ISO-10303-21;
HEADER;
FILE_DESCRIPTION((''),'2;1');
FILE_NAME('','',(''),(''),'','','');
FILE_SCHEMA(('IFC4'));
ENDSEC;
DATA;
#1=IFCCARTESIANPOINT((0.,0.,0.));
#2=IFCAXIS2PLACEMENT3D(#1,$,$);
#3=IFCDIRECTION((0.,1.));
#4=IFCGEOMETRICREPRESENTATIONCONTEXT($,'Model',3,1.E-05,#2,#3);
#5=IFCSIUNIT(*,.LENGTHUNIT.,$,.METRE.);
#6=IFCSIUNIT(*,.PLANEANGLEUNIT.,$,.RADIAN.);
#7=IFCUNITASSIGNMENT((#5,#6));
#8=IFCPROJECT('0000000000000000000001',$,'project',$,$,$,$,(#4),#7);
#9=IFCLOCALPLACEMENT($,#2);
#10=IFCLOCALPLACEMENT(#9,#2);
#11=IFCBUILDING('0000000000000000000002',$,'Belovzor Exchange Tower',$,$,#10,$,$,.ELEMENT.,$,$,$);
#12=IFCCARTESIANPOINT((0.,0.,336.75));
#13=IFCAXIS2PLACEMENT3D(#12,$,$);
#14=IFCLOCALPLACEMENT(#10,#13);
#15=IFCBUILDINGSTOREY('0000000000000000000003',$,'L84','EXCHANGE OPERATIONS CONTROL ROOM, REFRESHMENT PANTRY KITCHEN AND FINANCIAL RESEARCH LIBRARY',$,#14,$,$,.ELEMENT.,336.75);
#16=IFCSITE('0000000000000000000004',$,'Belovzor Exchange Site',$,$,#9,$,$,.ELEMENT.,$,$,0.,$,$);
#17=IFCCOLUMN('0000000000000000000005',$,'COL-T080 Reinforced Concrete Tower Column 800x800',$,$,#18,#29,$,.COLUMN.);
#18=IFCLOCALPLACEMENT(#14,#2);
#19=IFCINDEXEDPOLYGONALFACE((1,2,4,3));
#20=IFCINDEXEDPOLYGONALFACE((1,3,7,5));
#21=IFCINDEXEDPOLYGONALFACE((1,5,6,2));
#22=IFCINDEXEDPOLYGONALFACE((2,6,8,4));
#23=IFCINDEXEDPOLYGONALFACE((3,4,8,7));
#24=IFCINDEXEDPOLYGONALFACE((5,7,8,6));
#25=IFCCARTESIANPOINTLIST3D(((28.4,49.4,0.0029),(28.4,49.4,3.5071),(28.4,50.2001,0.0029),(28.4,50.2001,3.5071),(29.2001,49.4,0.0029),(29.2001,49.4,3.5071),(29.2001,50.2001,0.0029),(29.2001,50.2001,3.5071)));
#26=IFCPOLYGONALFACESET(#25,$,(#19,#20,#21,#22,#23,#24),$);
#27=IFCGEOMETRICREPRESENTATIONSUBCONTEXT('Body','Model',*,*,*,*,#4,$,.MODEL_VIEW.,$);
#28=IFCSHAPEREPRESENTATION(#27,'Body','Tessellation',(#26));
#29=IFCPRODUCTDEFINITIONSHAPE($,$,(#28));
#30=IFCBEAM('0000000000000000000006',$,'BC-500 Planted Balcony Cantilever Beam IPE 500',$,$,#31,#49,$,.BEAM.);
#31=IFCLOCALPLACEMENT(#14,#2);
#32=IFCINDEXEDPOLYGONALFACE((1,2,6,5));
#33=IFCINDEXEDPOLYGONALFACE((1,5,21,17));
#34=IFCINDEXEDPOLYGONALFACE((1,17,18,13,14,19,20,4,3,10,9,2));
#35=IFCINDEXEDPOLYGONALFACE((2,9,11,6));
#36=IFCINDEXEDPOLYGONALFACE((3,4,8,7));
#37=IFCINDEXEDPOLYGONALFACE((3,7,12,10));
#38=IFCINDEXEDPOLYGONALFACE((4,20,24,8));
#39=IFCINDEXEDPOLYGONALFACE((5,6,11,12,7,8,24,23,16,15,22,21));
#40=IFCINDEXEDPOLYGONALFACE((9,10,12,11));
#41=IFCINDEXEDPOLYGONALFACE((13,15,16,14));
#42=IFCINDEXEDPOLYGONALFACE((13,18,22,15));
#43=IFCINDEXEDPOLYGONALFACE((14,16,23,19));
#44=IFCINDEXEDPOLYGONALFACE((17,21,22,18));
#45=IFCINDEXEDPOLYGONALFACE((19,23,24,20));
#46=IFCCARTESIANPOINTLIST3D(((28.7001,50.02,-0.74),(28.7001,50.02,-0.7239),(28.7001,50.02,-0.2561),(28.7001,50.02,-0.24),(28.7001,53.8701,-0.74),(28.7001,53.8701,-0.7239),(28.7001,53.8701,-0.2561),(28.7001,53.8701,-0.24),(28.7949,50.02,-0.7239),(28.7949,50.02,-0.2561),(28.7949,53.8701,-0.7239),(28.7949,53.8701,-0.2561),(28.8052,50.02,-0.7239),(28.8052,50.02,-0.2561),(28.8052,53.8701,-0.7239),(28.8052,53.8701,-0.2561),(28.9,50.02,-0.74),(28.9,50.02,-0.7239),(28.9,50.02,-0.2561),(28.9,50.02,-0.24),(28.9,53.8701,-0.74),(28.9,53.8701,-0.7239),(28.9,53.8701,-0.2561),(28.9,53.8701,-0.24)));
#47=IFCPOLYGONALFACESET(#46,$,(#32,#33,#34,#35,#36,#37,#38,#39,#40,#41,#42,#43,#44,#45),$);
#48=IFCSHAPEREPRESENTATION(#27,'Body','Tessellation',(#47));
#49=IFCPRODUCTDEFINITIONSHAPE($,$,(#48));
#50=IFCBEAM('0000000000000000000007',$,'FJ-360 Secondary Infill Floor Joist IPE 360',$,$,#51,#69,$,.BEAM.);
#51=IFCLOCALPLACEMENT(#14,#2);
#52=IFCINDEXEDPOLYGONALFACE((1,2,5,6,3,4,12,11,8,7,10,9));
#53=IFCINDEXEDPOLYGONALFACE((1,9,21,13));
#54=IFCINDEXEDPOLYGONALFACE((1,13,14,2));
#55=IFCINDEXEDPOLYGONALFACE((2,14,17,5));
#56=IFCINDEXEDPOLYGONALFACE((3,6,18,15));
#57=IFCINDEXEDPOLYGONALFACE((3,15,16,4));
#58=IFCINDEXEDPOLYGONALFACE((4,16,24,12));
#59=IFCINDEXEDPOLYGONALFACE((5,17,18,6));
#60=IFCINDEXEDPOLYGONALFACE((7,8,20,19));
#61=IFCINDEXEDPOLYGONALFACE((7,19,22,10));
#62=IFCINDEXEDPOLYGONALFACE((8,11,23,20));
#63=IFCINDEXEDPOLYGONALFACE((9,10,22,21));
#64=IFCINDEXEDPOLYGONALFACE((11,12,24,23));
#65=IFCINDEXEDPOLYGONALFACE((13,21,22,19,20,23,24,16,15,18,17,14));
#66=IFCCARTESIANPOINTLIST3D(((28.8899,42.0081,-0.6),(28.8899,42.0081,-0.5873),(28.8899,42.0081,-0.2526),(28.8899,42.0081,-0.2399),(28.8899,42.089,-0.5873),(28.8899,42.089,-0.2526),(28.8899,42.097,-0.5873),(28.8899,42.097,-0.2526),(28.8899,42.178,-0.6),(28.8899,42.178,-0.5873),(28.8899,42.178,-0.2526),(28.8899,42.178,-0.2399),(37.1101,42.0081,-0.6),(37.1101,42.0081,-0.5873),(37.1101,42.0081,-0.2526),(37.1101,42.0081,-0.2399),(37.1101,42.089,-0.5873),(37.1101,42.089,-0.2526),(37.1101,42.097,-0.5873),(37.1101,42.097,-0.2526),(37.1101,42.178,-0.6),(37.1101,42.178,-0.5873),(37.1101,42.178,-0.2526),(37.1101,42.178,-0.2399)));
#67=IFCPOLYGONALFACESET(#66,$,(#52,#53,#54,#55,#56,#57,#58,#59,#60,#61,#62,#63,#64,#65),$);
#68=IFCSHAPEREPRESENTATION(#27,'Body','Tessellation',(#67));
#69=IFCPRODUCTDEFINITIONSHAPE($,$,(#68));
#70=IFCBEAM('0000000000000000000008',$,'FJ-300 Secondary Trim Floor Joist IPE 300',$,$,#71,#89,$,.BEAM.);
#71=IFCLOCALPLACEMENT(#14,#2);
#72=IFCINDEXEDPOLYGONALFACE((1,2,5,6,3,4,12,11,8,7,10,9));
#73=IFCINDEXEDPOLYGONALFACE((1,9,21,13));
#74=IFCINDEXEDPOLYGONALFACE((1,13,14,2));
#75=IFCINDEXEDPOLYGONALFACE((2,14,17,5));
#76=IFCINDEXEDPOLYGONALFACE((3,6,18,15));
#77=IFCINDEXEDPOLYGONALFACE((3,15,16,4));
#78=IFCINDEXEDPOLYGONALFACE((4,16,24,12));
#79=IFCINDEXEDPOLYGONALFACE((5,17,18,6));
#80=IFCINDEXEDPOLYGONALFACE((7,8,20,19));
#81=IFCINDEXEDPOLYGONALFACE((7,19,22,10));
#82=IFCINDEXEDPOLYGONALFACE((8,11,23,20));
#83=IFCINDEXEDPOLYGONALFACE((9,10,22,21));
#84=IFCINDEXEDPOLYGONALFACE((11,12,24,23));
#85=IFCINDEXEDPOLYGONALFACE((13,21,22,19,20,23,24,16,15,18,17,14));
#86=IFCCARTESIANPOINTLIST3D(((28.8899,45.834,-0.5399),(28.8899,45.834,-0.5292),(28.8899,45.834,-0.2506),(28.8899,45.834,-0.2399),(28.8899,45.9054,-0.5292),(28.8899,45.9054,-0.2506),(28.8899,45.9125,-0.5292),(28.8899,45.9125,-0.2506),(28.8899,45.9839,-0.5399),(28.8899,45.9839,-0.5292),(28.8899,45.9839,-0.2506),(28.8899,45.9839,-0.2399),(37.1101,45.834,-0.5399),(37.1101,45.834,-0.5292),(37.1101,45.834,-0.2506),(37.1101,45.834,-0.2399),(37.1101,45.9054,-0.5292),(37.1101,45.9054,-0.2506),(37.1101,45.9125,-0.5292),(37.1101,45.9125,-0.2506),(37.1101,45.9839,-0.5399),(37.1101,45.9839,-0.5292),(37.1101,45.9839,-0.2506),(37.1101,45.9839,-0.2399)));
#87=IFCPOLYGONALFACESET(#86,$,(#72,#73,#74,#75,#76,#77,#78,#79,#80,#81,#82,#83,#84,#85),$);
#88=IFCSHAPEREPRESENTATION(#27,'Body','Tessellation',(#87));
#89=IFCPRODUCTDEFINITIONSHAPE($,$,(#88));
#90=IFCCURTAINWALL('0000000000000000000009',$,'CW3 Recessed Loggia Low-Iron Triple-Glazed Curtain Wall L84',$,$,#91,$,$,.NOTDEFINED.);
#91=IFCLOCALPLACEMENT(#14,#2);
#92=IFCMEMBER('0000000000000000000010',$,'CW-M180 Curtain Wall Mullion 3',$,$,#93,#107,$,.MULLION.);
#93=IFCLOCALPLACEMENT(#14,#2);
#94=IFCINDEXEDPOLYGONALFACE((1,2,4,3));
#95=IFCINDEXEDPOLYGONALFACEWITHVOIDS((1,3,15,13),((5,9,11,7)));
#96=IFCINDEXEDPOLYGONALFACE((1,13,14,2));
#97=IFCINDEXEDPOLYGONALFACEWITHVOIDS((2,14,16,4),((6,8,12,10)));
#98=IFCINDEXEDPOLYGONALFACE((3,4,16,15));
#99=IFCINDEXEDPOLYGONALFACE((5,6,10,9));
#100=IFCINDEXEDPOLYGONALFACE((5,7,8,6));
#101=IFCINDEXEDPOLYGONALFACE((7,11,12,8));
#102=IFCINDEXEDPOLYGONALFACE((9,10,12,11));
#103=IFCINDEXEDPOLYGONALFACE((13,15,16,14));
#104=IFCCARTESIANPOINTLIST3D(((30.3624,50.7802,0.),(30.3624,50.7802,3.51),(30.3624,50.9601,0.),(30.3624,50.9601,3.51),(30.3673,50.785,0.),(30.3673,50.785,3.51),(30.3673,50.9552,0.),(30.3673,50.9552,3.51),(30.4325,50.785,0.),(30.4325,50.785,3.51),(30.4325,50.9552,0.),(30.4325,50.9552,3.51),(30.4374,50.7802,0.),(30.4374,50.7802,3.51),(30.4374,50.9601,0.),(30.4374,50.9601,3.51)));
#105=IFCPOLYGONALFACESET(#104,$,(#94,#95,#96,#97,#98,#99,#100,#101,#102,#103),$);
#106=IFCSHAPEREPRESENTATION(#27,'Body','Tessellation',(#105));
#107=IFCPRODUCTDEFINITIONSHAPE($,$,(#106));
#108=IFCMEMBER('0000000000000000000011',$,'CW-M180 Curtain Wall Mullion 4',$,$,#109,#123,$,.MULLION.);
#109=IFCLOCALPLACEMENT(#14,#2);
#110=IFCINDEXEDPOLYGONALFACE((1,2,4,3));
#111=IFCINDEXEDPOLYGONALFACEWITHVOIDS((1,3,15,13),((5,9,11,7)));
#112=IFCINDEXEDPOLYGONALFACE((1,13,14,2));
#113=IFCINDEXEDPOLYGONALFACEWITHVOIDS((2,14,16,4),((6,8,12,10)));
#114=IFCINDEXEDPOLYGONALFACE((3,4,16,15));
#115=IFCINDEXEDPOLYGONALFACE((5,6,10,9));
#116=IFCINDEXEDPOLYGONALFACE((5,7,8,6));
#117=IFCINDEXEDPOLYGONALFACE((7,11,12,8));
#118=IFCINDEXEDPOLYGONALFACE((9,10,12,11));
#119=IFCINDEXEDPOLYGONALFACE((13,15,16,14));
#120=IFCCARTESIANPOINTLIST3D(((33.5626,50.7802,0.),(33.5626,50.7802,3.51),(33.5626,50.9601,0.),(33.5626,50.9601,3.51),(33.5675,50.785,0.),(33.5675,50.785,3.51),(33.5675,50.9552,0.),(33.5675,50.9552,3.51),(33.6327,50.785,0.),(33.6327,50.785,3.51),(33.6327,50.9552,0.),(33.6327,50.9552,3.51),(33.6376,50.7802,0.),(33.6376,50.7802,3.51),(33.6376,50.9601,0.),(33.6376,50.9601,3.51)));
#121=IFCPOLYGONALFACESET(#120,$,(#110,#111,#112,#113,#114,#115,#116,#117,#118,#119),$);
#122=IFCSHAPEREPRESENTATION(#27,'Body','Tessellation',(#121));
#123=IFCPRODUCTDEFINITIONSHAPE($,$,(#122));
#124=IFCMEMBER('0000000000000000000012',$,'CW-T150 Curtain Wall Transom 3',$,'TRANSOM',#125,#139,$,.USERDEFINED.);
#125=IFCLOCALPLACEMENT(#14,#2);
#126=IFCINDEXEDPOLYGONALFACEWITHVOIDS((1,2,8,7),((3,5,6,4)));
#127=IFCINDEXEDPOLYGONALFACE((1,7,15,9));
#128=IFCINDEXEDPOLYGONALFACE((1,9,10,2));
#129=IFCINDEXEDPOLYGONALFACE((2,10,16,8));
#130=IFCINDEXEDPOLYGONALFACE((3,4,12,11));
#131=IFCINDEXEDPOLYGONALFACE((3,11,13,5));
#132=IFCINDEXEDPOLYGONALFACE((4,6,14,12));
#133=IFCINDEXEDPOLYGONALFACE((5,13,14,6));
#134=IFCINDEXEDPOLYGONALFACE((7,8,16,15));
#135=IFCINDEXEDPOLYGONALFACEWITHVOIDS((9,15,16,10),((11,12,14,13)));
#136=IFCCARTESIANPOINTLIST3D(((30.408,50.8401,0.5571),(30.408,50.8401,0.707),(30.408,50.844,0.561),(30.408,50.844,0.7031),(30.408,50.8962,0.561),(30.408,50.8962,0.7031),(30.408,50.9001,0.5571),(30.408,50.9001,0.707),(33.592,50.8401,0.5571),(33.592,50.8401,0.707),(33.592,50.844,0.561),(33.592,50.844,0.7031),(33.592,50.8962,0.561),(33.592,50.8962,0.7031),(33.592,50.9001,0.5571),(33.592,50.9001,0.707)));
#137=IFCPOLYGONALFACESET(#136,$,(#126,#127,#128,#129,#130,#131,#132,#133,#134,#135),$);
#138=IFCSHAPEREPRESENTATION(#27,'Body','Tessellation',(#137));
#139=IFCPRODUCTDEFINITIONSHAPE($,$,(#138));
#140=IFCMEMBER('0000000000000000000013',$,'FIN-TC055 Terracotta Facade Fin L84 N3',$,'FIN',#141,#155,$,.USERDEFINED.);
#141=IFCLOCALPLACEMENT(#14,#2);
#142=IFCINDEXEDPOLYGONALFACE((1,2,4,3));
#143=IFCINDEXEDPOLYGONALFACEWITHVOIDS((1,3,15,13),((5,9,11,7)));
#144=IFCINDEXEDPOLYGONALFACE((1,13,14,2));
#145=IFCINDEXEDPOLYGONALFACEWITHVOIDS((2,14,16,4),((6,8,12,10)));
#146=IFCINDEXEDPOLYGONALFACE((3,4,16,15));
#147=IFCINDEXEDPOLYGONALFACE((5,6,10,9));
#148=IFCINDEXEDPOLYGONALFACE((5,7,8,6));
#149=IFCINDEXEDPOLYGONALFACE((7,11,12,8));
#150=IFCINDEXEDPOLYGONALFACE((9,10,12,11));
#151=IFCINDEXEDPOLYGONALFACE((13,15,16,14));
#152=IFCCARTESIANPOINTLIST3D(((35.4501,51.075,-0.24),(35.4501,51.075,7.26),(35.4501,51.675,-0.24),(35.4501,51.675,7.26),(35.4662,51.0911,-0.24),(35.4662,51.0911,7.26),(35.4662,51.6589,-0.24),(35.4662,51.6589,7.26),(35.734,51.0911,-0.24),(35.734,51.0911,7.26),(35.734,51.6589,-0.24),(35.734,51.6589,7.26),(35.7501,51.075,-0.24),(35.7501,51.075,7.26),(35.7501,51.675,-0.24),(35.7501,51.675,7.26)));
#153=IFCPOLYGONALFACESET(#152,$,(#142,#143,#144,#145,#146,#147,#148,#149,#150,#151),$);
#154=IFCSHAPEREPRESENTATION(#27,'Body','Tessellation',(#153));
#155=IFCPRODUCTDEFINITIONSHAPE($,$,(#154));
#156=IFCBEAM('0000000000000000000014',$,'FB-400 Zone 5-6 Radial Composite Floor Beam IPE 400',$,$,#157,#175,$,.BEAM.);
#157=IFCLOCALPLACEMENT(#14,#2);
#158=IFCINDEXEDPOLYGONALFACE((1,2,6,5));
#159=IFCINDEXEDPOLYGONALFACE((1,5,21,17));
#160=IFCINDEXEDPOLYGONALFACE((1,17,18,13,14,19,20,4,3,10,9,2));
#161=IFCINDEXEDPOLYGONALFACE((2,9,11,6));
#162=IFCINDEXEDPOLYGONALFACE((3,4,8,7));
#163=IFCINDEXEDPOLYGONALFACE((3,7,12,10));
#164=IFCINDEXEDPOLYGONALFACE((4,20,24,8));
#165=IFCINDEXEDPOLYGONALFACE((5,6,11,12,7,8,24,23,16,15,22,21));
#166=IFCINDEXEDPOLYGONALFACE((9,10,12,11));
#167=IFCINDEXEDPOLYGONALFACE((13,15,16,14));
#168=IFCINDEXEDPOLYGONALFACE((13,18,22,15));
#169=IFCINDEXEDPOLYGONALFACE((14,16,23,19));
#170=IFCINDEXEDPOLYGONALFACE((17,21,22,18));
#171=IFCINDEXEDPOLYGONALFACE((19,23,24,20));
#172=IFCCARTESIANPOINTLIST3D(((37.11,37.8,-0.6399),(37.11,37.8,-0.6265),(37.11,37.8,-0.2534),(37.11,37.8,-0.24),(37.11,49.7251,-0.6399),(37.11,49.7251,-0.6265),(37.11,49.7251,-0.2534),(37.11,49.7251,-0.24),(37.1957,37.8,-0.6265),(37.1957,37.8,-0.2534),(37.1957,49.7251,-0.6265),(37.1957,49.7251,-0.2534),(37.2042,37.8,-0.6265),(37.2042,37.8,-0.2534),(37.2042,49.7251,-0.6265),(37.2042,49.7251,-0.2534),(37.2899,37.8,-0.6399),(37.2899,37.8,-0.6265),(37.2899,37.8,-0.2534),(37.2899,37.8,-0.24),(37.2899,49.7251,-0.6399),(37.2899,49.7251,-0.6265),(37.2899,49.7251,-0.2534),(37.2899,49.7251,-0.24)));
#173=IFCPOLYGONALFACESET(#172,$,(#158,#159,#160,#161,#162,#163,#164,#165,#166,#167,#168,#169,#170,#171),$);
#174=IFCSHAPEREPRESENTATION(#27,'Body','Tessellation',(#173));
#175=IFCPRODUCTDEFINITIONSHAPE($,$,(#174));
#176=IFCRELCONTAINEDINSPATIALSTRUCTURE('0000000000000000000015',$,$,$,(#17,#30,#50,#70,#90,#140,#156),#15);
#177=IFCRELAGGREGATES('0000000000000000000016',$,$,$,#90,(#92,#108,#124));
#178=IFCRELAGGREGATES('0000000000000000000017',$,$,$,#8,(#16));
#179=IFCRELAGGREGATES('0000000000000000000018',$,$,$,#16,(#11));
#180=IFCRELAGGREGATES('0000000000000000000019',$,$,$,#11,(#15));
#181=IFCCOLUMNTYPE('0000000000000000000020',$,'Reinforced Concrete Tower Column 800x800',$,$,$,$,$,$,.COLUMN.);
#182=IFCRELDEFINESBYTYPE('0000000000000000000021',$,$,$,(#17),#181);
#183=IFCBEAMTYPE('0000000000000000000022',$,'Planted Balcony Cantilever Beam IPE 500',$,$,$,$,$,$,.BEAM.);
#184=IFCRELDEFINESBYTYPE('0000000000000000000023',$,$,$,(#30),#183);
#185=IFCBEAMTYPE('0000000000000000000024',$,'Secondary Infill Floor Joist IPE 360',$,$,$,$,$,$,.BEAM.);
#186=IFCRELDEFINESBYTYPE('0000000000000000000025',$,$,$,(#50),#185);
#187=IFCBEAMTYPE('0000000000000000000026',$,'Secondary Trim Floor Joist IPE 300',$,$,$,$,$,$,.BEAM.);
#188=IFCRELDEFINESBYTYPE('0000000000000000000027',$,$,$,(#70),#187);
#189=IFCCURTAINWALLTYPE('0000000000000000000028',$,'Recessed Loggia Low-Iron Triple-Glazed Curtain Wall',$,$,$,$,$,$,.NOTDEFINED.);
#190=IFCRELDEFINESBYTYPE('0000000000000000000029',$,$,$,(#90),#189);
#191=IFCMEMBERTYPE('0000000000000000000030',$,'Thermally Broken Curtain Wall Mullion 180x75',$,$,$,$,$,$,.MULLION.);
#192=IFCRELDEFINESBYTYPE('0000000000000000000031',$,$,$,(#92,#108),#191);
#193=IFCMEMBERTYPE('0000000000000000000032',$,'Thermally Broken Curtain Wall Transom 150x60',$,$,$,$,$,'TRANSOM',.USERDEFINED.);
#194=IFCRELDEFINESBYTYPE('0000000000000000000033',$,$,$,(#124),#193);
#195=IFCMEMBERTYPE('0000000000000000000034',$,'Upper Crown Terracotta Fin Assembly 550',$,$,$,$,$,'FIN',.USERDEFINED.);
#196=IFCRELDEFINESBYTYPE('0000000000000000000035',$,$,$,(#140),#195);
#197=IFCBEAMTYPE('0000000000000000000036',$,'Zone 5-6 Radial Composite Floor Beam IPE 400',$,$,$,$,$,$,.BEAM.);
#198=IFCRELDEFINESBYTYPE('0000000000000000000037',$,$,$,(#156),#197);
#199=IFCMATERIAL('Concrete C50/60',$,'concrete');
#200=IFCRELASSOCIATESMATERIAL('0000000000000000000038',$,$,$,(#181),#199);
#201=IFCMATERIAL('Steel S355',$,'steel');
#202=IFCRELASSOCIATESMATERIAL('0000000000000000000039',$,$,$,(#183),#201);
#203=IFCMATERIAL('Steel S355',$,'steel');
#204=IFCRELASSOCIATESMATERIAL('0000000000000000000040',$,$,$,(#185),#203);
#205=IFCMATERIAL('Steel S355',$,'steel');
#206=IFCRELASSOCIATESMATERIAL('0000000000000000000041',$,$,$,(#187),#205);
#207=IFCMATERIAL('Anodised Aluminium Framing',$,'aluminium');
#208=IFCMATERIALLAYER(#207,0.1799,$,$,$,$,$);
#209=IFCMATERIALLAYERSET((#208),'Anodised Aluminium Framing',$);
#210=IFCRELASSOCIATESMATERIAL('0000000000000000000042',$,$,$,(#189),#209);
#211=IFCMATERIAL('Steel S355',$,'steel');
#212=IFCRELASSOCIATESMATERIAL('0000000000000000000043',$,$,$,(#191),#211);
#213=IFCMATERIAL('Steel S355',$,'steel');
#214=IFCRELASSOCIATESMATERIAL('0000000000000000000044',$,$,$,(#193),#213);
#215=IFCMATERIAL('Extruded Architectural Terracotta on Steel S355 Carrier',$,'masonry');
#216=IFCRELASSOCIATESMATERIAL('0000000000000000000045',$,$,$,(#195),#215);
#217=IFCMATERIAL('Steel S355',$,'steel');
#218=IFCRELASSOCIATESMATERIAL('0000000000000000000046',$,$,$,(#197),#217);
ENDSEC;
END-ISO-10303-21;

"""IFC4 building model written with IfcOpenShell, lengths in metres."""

from ifc_helpers import new_model, si_unit, direction, frame, origin, origin_2d, place, context, subcontext, project, spatial, rectangle, hollow_rectangle, i_section, extrude, material, layer, layer_set, material_profile, profile_set, type_object, element, aggregate, save


model = new_model("IFC4")

# Units and contexts
model_context = context("Model", 3, precision=1e-05, world=origin(), true_north=direction((0.0, 1.0)))
body_context = subcontext(model_context, "Body", "Model", "MODEL_VIEW")
ifc_project = project(units=[si_unit("LENGTHUNIT", "METRE"), si_unit("PLANEANGLEUNIT", "RADIAN")], contexts=[model_context])

# Site, building, storey
site_placement = place(None, origin())
site = spatial("IfcSite", under=ifc_project, at=site_placement, Name="Belovzor Exchange Site", CompositionType="ELEMENT", RefElevation=0.0)
building_placement = place(site_placement, origin())
building = spatial("IfcBuilding", under=site, at=building_placement, Name="Belovzor Exchange Tower", CompositionType="ELEMENT")
storey_placement = place(building_placement, frame((0.0, 0.0, 336.75)))
storey = spatial("IfcBuildingStorey", under=building, at=storey_placement, Name="L84", Description="EXCHANGE OPERATIONS CONTROL ROOM, REFRESHMENT PANTRY KITCHEN AND FINANCIAL RESEARCH LIBRARY", CompositionType="ELEMENT", Elevation=336.75)

# Column
ifc_material_1 = material(Name="Concrete C50/60", Category="concrete")
ifc_material_profile_1 = material_profile(ifc_material_1, rectangle(XDim=0.8, YDim=0.8, at=origin_2d()))
ifc_profile_set_1 = profile_set([ifc_material_profile_1], Name="Concrete C50/60")
column_type = type_object("IfcColumnType", Name="Reinforced Concrete Tower Column 800x800", PredefinedType="COLUMN", material=ifc_profile_set_1)
column_placement = place(storey_placement, frame((28.8, 49.8, 0.0029), z_axis=(0.0, 0.0, 1.0), x_axis=(1.0, 0.0, 0.0)))
element("IfcColumn", 1, at=column_placement, inside=storey, type_object=column_type, Name="COL-T080 Reinforced Concrete Tower Column 800x800", PredefinedType="COLUMN", context=body_context, shape_type="SweptSolid", body=[
    extrude(rectangle(XDim=0.8, YDim=0.8, at=origin_2d()), origin(), (0.0, 0.0, 1.0), 3.5042),
])

# Beams
ifc_material_2 = material(Name="Steel S355", Category="steel")
ifc_material_profile_2 = material_profile(ifc_material_2, i_section(OverallWidth=0.2, OverallDepth=0.5, WebThickness=0.0103, FlangeThickness=0.0161, at=origin_2d()))
ifc_profile_set_2 = profile_set([ifc_material_profile_2], Name="Steel S355")
beam_type_1 = type_object("IfcBeamType", Name="Planted Balcony Cantilever Beam IPE 500", PredefinedType="BEAM", material=ifc_profile_set_2)
beam_1_placement = place(storey_placement, frame((28.8, 50.02, -0.49), z_axis=(0.0, 1.0, 0.0), x_axis=(-1.0, 0.0, 0.0)))
element("IfcBeam", 2, at=beam_1_placement, inside=storey, type_object=beam_type_1, Name="BC-500 Planted Balcony Cantilever Beam IPE 500", PredefinedType="BEAM", context=body_context, shape_type="SweptSolid", body=[
    extrude(i_section(OverallWidth=0.2, OverallDepth=0.5, WebThickness=0.0103, FlangeThickness=0.0161, at=origin_2d()), origin(), (0.0, 0.0, 1.0), 3.8501),
])
ifc_material_3 = material(Name="Steel S355", Category="steel")
ifc_material_profile_3 = material_profile(ifc_material_3, i_section(OverallWidth=0.1699, OverallDepth=0.3601, WebThickness=0.0081, FlangeThickness=0.0127, at=origin_2d()))
ifc_profile_set_3 = profile_set([ifc_material_profile_3], Name="Steel S355")
beam_type_2 = type_object("IfcBeamType", Name="Secondary Infill Floor Joist IPE 360", PredefinedType="BEAM", material=ifc_profile_set_3)
beam_2_placement = place(storey_placement, frame((28.8899, 42.093, -0.4199), z_axis=(1.0, 0.0, 0.0), x_axis=(0.0, 1.0, 0.0)))
element("IfcBeam", 3, at=beam_2_placement, inside=storey, type_object=beam_type_2, Name="FJ-360 Secondary Infill Floor Joist IPE 360", PredefinedType="BEAM", context=body_context, shape_type="SweptSolid", body=[
    extrude(i_section(OverallWidth=0.1699, OverallDepth=0.3601, WebThickness=0.0081, FlangeThickness=0.0127, at=origin_2d()), origin(), (0.0, 0.0, 1.0), 8.2202),
])
ifc_material_4 = material(Name="Steel S355", Category="steel")
ifc_material_profile_4 = material_profile(ifc_material_4, i_section(OverallWidth=0.1499, OverallDepth=0.3, WebThickness=0.0071, FlangeThickness=0.0107, at=origin_2d()))
ifc_profile_set_4 = profile_set([ifc_material_profile_4], Name="Steel S355")
beam_type_3 = type_object("IfcBeamType", Name="Secondary Trim Floor Joist IPE 300", PredefinedType="BEAM", material=ifc_profile_set_4)
beam_3_placement = place(storey_placement, frame((28.8899, 45.9089, -0.3899), z_axis=(1.0, 0.0, 0.0), x_axis=(0.0, 1.0, 0.0)))
element("IfcBeam", 4, at=beam_3_placement, inside=storey, type_object=beam_type_3, Name="FJ-300 Secondary Trim Floor Joist IPE 300", PredefinedType="BEAM", context=body_context, shape_type="SweptSolid", body=[
    extrude(i_section(OverallWidth=0.1499, OverallDepth=0.3, WebThickness=0.0071, FlangeThickness=0.0107, at=origin_2d()), origin(), (0.0, 0.0, 1.0), 8.2202),
])

# Curtain wall, members
ifc_material_5 = material(Name="Anodised Aluminium Framing", Category="aluminium")
ifc_layer_1 = layer(ifc_material_5, 0.1799)
ifc_layer_set_1 = layer_set([ifc_layer_1], Name="Anodised Aluminium Framing")
curtain_wall_type = type_object("IfcCurtainWallType", Name="Recessed Loggia Low-Iron Triple-Glazed Curtain Wall", PredefinedType="NOTDEFINED", material=ifc_layer_set_1)
curtain_wall_placement = place(storey_placement, origin())
curtain_wall = element("IfcCurtainWall", 5, at=curtain_wall_placement, inside=storey, type_object=curtain_wall_type, Name="CW3 Recessed Loggia Low-Iron Triple-Glazed Curtain Wall L84", PredefinedType="NOTDEFINED")
ifc_material_6 = material(Name="Steel S355", Category="steel")
ifc_material_profile_5 = material_profile(ifc_material_6, hollow_rectangle(XDim=0.075, YDim=0.1799, WallThickness=0.0049, at=origin_2d()))
ifc_profile_set_5 = profile_set([ifc_material_profile_5], Name="Steel S355")
member_type_1 = type_object("IfcMemberType", Name="Thermally Broken Curtain Wall Mullion 180x75", PredefinedType="MULLION", material=ifc_profile_set_5)
member_1_placement = place(storey_placement, frame((30.3999, 50.8701, 0.0), z_axis=(0.0, 0.0, 1.0), x_axis=(1.0, 0.0, 0.0)))
member_1 = element("IfcMember", 6, at=member_1_placement, type_object=member_type_1, Name="CW-M180 Curtain Wall Mullion 3", PredefinedType="MULLION", context=body_context, shape_type="SweptSolid", body=[
    extrude(hollow_rectangle(XDim=0.075, YDim=0.1799, WallThickness=0.0049, at=origin_2d()), origin(), (0.0, 0.0, 1.0), 3.51),
])
member_2_placement = place(storey_placement, frame((33.6001, 50.8701, 0.0), z_axis=(0.0, 0.0, 1.0), x_axis=(1.0, 0.0, 0.0)))
member_2 = element("IfcMember", 7, at=member_2_placement, type_object=member_type_1, Name="CW-M180 Curtain Wall Mullion 4", PredefinedType="MULLION", context=body_context, shape_type="SweptSolid", body=[
    extrude(hollow_rectangle(XDim=0.075, YDim=0.1799, WallThickness=0.0049, at=origin_2d()), origin(), (0.0, 0.0, 1.0), 3.51),
])
ifc_material_7 = material(Name="Steel S355", Category="steel")
ifc_material_profile_6 = material_profile(ifc_material_7, hollow_rectangle(XDim=0.0601, YDim=0.1499, WallThickness=0.0039, at=origin_2d()))
ifc_profile_set_6 = profile_set([ifc_material_profile_6], Name="Steel S355")
member_type_2 = type_object("IfcMemberType", Name="Thermally Broken Curtain Wall Transom 150x60", ElementType="TRANSOM", PredefinedType="USERDEFINED", material=ifc_profile_set_6)
member_3_placement = place(storey_placement, frame((30.408, 50.8701, 0.6321), z_axis=(1.0, 0.0, 0.0), x_axis=(0.0, 1.0, 0.0)))
member_3 = element("IfcMember", 8, at=member_3_placement, type_object=member_type_2, Name="CW-T150 Curtain Wall Transom 3", ObjectType="TRANSOM", PredefinedType="USERDEFINED", context=body_context, shape_type="SweptSolid", body=[
    extrude(hollow_rectangle(XDim=0.0601, YDim=0.1499, WallThickness=0.0039, at=origin_2d()), origin(), (0.0, 0.0, 1.0), 3.1841),
])

# Member
ifc_material_8 = material(Name="Extruded Architectural Terracotta on Steel S355 Carrier", Category="masonry")
ifc_material_profile_7 = material_profile(ifc_material_8, hollow_rectangle(XDim=0.3, YDim=0.6001, WallThickness=0.0161, at=origin_2d()))
ifc_profile_set_7 = profile_set([ifc_material_profile_7], Name="Extruded Architectural Terracotta on Steel S355 Carrier")
member_type_3 = type_object("IfcMemberType", Name="Upper Crown Terracotta Fin Assembly 550", ElementType="FIN", PredefinedType="USERDEFINED", material=ifc_profile_set_7)
member_4_placement = place(storey_placement, frame((35.6001, 51.375, -0.24), z_axis=(0.0, 0.0, 1.0), x_axis=(1.0, 0.0, 0.0)))
element("IfcMember", 9, at=member_4_placement, inside=storey, type_object=member_type_3, Name="FIN-TC055 Terracotta Facade Fin L84 N3", ObjectType="FIN", PredefinedType="USERDEFINED", context=body_context, shape_type="SweptSolid", body=[
    extrude(hollow_rectangle(XDim=0.3, YDim=0.6001, WallThickness=0.0161, at=origin_2d()), origin(), (0.0, 0.0, 1.0), 7.5),
])

# Beam
ifc_material_9 = material(Name="Steel S355", Category="steel")
ifc_material_profile_8 = material_profile(ifc_material_9, i_section(OverallWidth=0.1799, OverallDepth=0.3999, WebThickness=0.0085, FlangeThickness=0.0134, at=origin_2d()))
ifc_profile_set_8 = profile_set([ifc_material_profile_8], Name="Steel S355")
beam_type_4 = type_object("IfcBeamType", Name="Zone 5-6 Radial Composite Floor Beam IPE 400", PredefinedType="BEAM", material=ifc_profile_set_8)
beam_4_placement = place(storey_placement, frame((37.2, 37.8, -0.4399), z_axis=(0.0, 1.0, 0.0), x_axis=(-1.0, 0.0, 0.0)))
element("IfcBeam", 10, at=beam_4_placement, inside=storey, type_object=beam_type_4, Name="FB-400 Zone 5-6 Radial Composite Floor Beam IPE 400", PredefinedType="BEAM", context=body_context, shape_type="SweptSolid", body=[
    extrude(i_section(OverallWidth=0.1799, OverallDepth=0.3999, WebThickness=0.0085, FlangeThickness=0.0134, at=origin_2d()), origin(), (0.0, 0.0, 1.0), 11.925),
])

aggregate(curtain_wall, [member_1, member_2, member_3])

save(model, "model.ifc")
